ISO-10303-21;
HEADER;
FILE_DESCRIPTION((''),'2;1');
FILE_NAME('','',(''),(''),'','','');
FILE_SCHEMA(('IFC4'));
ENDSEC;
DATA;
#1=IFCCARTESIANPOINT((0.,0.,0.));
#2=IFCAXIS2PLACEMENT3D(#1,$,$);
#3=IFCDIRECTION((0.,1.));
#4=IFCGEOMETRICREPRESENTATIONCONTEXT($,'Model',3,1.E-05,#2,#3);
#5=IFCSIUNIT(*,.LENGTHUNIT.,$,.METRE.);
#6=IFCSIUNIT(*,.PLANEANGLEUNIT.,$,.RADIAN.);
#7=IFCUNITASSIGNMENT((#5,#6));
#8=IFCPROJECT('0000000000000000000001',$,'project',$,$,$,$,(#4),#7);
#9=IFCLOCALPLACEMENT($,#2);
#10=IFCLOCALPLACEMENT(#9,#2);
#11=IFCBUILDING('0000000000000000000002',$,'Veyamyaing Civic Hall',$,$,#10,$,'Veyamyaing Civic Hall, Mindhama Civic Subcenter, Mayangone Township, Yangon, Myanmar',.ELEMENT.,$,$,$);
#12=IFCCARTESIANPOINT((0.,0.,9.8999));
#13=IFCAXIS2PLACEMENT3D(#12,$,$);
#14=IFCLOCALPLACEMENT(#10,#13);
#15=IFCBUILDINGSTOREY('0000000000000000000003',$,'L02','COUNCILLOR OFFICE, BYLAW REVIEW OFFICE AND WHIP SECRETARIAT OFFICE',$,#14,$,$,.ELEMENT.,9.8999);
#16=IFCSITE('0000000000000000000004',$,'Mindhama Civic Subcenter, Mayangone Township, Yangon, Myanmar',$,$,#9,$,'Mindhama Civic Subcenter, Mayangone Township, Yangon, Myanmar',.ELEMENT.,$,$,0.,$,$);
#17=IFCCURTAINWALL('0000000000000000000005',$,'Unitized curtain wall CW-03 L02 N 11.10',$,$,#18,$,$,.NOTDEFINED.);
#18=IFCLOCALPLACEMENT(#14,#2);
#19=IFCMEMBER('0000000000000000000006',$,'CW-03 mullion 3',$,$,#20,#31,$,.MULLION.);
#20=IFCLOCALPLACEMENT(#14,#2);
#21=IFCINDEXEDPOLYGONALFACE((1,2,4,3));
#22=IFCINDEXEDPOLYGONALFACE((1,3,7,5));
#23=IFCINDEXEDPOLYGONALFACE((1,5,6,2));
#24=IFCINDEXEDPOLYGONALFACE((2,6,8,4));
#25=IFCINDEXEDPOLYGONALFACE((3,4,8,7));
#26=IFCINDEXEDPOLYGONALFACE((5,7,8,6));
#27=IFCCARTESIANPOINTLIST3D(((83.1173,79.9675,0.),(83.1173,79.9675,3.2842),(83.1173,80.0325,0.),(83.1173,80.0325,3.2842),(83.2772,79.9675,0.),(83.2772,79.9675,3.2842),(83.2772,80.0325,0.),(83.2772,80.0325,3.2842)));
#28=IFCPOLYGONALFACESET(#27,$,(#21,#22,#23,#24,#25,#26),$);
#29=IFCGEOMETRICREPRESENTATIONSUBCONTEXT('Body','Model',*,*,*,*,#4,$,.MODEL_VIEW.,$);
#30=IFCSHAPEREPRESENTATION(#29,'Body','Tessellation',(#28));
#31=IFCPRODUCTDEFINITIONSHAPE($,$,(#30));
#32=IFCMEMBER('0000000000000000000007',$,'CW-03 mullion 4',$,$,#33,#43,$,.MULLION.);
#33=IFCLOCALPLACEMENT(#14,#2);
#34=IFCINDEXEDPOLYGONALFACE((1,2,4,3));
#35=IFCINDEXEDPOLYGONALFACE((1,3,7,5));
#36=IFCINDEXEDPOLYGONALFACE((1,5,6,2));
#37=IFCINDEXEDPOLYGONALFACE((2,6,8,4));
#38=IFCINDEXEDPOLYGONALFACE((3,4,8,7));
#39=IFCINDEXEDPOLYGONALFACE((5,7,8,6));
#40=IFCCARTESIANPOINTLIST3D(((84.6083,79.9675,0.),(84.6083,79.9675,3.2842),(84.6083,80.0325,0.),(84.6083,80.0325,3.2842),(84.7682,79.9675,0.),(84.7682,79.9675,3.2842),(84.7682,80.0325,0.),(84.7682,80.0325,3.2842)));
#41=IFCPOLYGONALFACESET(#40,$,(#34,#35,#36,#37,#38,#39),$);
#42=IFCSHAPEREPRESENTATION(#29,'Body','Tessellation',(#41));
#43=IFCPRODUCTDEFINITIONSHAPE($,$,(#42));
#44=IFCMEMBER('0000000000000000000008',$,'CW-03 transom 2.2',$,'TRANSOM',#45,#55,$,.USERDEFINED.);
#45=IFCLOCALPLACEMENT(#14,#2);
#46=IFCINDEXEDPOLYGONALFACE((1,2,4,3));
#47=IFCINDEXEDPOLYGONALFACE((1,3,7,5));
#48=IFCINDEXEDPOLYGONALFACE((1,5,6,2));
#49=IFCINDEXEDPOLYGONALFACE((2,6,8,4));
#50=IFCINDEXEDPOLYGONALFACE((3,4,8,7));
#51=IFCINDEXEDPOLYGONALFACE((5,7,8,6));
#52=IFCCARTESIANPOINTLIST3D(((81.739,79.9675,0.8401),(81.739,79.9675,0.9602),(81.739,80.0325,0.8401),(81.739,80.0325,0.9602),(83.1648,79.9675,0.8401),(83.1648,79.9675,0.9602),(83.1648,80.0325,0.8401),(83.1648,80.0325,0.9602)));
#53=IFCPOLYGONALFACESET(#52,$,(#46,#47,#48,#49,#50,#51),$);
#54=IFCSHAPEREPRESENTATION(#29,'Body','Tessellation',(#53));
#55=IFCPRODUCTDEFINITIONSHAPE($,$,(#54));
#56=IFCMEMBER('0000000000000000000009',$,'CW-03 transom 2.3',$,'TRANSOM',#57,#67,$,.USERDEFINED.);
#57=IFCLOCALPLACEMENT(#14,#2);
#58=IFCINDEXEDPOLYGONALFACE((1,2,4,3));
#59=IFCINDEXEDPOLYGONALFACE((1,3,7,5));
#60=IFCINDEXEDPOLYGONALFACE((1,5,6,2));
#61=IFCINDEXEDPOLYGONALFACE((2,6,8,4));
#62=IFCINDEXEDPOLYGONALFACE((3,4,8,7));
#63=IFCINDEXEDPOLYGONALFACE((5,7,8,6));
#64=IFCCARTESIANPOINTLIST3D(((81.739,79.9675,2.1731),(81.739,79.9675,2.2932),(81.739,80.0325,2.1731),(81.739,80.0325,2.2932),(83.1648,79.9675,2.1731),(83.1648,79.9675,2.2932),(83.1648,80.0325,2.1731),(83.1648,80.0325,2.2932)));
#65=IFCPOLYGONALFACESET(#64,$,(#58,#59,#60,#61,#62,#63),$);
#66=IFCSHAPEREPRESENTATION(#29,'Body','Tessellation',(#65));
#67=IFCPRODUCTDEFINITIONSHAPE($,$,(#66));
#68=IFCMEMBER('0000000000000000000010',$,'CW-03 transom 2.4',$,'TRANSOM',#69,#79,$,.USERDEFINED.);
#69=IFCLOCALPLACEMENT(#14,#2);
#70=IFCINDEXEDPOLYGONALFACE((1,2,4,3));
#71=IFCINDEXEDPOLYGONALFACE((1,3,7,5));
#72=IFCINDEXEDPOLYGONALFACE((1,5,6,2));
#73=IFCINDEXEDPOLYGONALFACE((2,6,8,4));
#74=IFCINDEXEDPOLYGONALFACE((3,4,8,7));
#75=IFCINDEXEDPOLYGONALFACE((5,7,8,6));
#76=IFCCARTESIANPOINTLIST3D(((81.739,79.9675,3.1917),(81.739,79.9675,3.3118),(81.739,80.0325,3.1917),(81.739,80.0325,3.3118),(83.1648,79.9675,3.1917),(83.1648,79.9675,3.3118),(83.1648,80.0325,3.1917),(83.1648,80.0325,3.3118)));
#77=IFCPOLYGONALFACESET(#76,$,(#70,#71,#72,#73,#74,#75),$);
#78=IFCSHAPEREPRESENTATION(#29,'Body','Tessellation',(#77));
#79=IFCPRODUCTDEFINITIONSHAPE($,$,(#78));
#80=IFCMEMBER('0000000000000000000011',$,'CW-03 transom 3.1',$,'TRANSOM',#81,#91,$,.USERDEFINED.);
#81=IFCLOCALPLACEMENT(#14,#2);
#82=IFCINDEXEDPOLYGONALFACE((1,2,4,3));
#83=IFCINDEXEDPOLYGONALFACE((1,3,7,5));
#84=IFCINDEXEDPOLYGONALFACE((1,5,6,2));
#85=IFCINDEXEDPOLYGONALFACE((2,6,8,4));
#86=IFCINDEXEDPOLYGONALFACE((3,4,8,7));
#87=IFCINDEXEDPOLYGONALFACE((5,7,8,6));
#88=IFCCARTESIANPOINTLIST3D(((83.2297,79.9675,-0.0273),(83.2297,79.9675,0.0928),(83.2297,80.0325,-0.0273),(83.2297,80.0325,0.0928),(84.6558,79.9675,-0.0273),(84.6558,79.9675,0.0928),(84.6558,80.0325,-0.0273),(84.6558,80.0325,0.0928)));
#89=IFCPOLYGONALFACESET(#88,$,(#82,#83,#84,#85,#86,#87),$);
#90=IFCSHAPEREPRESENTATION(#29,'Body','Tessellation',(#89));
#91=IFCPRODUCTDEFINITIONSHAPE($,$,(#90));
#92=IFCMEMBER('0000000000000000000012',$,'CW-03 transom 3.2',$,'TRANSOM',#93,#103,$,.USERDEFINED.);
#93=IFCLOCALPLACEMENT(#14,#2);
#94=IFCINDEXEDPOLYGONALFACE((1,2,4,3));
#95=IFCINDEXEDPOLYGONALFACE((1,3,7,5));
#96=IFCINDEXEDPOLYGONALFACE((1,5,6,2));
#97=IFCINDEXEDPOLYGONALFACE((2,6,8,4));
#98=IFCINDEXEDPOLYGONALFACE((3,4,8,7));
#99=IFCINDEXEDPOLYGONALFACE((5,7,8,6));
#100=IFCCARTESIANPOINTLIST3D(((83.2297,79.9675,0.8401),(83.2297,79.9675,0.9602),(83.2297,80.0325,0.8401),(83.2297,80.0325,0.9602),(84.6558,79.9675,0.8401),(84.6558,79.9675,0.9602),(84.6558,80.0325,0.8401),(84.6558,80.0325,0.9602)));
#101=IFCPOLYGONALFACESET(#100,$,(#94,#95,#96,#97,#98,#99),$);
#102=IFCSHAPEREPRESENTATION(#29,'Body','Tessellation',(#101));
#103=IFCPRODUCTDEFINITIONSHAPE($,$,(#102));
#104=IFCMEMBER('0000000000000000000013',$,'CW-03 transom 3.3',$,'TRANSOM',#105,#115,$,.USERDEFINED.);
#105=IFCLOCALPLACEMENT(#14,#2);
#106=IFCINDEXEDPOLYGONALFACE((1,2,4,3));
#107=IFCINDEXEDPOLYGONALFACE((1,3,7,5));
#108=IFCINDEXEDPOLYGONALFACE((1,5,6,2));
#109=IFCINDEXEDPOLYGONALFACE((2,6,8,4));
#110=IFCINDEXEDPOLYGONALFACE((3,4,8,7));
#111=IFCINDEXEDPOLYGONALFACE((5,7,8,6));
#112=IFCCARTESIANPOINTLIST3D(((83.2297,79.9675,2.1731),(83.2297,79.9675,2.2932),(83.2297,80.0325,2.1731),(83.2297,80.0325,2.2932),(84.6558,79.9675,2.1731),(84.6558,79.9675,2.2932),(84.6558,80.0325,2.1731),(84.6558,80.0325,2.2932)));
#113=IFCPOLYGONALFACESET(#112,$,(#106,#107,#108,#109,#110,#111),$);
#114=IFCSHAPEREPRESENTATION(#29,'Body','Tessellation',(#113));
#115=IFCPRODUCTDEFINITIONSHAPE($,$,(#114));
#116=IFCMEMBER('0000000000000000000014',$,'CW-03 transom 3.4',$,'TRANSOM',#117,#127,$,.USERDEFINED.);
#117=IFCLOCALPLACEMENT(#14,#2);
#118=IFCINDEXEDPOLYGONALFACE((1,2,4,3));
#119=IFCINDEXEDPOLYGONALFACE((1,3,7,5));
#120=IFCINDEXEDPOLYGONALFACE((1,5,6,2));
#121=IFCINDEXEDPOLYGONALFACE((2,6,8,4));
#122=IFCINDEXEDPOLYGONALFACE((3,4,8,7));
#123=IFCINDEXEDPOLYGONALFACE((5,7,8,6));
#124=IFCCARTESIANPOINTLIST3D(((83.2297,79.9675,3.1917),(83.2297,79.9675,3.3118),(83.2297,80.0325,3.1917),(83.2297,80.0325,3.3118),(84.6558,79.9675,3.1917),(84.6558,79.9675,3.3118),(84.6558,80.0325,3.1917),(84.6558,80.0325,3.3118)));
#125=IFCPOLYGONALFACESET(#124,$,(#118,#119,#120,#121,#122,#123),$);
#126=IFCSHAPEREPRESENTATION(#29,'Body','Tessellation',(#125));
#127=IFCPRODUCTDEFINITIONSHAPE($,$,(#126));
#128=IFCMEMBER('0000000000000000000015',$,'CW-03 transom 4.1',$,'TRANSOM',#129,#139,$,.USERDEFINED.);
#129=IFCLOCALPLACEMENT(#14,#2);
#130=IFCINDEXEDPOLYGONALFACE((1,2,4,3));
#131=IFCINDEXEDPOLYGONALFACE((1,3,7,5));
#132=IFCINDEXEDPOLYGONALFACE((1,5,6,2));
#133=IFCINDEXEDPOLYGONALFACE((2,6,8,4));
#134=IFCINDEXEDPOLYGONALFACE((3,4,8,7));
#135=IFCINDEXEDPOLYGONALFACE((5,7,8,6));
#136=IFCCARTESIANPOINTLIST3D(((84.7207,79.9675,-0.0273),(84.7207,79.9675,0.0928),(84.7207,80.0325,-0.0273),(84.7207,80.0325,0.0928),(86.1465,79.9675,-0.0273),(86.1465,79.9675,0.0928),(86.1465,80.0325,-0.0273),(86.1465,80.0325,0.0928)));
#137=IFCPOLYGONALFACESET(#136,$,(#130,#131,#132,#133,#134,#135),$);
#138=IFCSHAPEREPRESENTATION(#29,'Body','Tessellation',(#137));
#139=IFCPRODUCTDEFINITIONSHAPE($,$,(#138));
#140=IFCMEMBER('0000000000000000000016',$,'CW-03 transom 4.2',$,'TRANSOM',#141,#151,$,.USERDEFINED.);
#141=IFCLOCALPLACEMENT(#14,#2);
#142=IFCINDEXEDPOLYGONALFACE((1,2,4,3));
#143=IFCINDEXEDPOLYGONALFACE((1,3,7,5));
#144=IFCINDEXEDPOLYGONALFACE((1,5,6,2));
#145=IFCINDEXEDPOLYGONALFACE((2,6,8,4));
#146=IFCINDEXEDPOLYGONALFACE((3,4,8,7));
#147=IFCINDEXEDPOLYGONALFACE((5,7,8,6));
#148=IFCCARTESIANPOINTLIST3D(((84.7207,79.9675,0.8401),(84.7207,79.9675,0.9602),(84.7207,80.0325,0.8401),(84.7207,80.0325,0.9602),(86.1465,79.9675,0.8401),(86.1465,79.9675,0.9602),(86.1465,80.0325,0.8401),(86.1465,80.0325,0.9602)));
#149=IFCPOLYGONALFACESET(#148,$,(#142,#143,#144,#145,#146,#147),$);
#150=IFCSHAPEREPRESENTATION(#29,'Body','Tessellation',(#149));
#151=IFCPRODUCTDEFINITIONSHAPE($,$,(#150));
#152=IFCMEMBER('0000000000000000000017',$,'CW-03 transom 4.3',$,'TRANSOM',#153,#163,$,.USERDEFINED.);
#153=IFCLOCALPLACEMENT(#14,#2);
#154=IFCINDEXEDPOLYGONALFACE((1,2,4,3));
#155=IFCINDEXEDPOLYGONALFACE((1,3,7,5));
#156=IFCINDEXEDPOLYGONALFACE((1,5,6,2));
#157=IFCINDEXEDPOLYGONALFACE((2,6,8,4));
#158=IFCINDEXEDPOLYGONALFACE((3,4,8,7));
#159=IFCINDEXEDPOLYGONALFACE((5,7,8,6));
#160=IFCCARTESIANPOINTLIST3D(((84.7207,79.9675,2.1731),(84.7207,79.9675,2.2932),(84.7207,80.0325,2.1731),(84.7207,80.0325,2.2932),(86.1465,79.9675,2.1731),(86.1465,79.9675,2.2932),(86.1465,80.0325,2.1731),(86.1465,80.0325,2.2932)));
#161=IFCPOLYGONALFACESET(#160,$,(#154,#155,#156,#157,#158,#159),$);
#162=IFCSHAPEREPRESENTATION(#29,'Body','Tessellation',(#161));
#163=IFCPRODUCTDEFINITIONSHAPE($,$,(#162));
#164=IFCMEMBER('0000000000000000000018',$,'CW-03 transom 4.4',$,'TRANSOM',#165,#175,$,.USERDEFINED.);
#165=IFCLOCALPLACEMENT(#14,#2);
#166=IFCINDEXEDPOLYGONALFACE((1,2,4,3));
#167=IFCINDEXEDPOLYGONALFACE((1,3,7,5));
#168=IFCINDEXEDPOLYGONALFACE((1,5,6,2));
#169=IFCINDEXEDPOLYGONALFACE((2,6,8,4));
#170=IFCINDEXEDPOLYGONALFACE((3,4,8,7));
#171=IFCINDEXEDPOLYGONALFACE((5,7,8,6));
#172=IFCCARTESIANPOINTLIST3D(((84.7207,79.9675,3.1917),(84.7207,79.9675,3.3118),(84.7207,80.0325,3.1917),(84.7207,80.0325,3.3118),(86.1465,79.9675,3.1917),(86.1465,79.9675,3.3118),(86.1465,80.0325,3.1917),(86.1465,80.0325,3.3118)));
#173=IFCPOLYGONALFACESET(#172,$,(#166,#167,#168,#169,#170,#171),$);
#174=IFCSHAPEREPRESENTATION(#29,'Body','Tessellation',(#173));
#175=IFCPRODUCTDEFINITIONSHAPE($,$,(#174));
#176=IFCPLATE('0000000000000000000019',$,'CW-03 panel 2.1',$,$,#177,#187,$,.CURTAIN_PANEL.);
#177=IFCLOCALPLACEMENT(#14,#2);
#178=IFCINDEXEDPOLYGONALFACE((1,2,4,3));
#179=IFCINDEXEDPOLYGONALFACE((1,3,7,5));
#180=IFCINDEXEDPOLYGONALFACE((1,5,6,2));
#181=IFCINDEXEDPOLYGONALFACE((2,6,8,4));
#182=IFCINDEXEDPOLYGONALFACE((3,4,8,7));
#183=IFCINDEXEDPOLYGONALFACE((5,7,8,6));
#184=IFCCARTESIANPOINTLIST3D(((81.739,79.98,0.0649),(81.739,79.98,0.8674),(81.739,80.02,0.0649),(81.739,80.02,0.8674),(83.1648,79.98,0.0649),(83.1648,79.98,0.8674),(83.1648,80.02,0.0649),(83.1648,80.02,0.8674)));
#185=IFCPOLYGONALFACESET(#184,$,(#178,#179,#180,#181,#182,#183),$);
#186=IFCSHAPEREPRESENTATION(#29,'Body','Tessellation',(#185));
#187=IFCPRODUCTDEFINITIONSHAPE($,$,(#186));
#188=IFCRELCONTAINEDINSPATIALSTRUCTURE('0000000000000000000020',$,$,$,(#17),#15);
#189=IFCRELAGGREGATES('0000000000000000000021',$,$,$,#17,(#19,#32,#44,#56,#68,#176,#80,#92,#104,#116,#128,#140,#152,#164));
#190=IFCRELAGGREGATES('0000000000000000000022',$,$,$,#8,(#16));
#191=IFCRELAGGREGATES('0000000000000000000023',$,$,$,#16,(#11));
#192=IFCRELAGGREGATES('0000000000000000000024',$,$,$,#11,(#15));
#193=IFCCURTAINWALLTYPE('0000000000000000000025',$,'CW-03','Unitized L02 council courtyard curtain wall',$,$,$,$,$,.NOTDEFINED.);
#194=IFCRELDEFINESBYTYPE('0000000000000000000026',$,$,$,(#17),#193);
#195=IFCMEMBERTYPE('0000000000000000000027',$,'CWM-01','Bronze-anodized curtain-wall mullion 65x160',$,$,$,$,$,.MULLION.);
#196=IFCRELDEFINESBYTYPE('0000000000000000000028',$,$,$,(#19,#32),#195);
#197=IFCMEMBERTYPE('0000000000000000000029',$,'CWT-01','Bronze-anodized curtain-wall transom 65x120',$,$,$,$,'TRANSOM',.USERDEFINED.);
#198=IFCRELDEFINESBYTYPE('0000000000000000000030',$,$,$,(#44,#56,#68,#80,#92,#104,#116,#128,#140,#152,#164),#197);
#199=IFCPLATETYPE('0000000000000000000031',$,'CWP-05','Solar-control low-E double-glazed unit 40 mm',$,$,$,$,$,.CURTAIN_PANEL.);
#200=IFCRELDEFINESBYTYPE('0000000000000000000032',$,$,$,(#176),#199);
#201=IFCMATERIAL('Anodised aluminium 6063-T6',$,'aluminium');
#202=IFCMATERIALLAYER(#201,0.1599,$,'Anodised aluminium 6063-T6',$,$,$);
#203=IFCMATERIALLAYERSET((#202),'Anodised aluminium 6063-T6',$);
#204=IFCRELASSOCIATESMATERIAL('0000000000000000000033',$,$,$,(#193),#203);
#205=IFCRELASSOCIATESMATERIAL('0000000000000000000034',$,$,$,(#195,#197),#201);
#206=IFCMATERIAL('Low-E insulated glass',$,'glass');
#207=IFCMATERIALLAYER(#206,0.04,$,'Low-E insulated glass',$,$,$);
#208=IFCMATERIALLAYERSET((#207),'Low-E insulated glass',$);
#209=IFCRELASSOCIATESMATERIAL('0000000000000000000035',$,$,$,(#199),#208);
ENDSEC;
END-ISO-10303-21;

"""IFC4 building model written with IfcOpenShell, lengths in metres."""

from ifc_helpers import new_model, si_unit, direction, frame, origin, origin_2d, place, context, subcontext, project, spatial, rectangle, extrude, material, layer, layer_set, material_profile, profile_set, type_object, element, aggregate, save


model = new_model("IFC4")

# Units and contexts
model_context = context("Model", 3, precision=1e-05, world=origin(), true_north=direction((0.0, 1.0)))
body_context = subcontext(model_context, "Body", "Model", "MODEL_VIEW")
ifc_project = project(units=[si_unit("LENGTHUNIT", "METRE"), si_unit("PLANEANGLEUNIT", "RADIAN")], contexts=[model_context])

# Site, building, storey
site_placement = place(None, origin())
site = spatial("IfcSite", under=ifc_project, at=site_placement, Name="Mindhama Civic Subcenter, Mayangone Township, Yangon, Myanmar", LongName="Mindhama Civic Subcenter, Mayangone Township, Yangon, Myanmar", CompositionType="ELEMENT", RefElevation=0.0)
building_placement = place(site_placement, origin())
building = spatial("IfcBuilding", under=site, at=building_placement, Name="Veyamyaing Civic Hall", LongName="Veyamyaing Civic Hall, Mindhama Civic Subcenter, Mayangone Township, Yangon, Myanmar", CompositionType="ELEMENT")
storey_placement = place(building_placement, frame((0.0, 0.0, 9.8999)))
storey = spatial("IfcBuildingStorey", under=building, at=storey_placement, Name="L02", Description="COUNCILLOR OFFICE, BYLAW REVIEW OFFICE AND WHIP SECRETARIAT OFFICE", CompositionType="ELEMENT", Elevation=9.8999)

# Curtain wall, members, plate
ifc_material_1 = material(Name="Anodised aluminium 6063-T6", Category="aluminium")
ifc_layer_1 = layer(ifc_material_1, 0.1599, Name="Anodised aluminium 6063-T6")
ifc_layer_set_1 = layer_set([ifc_layer_1], Name="Anodised aluminium 6063-T6")
curtain_wall_type = type_object("IfcCurtainWallType", Name="CW-03", Description="Unitized L02 council courtyard curtain wall", PredefinedType="NOTDEFINED", material=ifc_layer_set_1)
curtain_wall_placement = place(storey_placement, origin())
curtain_wall = element("IfcCurtainWall", 1, at=curtain_wall_placement, inside=storey, type_object=curtain_wall_type, Name="Unitized curtain wall CW-03 L02 N 11.10", PredefinedType="NOTDEFINED")
ifc_material_profile_1 = material_profile(ifc_material_1, rectangle(XDim=0.0649, YDim=0.1599, at=origin_2d()), Name="ALU-MUL-65X160")
ifc_profile_set_1 = profile_set([ifc_material_profile_1], Name="Anodised aluminium 6063-T6")
member_type_1 = type_object("IfcMemberType", Name="CWM-01", Description="Bronze-anodized curtain-wall mullion 65x160", PredefinedType="MULLION", material=ifc_profile_set_1)
member_1_placement = place(storey_placement, frame((83.1973, 80.0, 0.0), z_axis=(0.0, 0.0, 1.0), x_axis=(0.0, 1.0, 0.0)))
member_1 = element("IfcMember", 2, at=member_1_placement, type_object=member_type_1, Name="CW-03 mullion 3", PredefinedType="MULLION", context=body_context, shape_type="SweptSolid", body=[
    extrude(rectangle(XDim=0.0649, YDim=0.1599, at=origin_2d()), origin(), (0.0, 0.0, 1.0), 3.2842),
])
member_2_placement = place(storey_placement, frame((84.6882, 80.0, 0.0), z_axis=(0.0, 0.0, 1.0), x_axis=(0.0, 1.0, 0.0)))
member_2 = element("IfcMember", 3, at=member_2_placement, type_object=member_type_1, Name="CW-03 mullion 4", PredefinedType="MULLION", context=body_context, shape_type="SweptSolid", body=[
    extrude(rectangle(XDim=0.0649, YDim=0.1599, at=origin_2d()), origin(), (0.0, 0.0, 1.0), 3.2842),
])
ifc_material_profile_2 = material_profile(ifc_material_1, rectangle(XDim=0.0649, YDim=0.1201, at=origin_2d()), Name="ALU-TRN-65X120")
ifc_profile_set_2 = profile_set([ifc_material_profile_2], Name="Anodised aluminium 6063-T6")
member_type_2 = type_object("IfcMemberType", Name="CWT-01", Description="Bronze-anodized curtain-wall transom 65x120", ElementType="TRANSOM", PredefinedType="USERDEFINED", material=ifc_profile_set_2)
member_3_placement = place(storey_placement, frame((81.739, 80.0, 0.9001), z_axis=(1.0, 0.0, 0.0), x_axis=(0.0, 1.0, 0.0)))
member_3 = element("IfcMember", 4, at=member_3_placement, type_object=member_type_2, Name="CW-03 transom 2.2", ObjectType="TRANSOM", PredefinedType="USERDEFINED", context=body_context, shape_type="SweptSolid", body=[
    extrude(rectangle(XDim=0.0649, YDim=0.1201, at=origin_2d()), origin(), (0.0, 0.0, 1.0), 1.4258),
])
member_4_placement = place(storey_placement, frame((81.739, 80.0, 2.2332), z_axis=(1.0, 0.0, 0.0), x_axis=(0.0, 1.0, 0.0)))
member_4 = element("IfcMember", 5, at=member_4_placement, type_object=member_type_2, Name="CW-03 transom 2.3", ObjectType="TRANSOM", PredefinedType="USERDEFINED", context=body_context, shape_type="SweptSolid", body=[
    extrude(rectangle(XDim=0.0649, YDim=0.1201, at=origin_2d()), origin(), (0.0, 0.0, 1.0), 1.4258),
])
member_5_placement = place(storey_placement, frame((81.739, 80.0, 3.2517), z_axis=(1.0, 0.0, 0.0), x_axis=(0.0, 1.0, 0.0)))
member_5 = element("IfcMember", 6, at=member_5_placement, type_object=member_type_2, Name="CW-03 transom 2.4", ObjectType="TRANSOM", PredefinedType="USERDEFINED", context=body_context, shape_type="SweptSolid", body=[
    extrude(rectangle(XDim=0.0649, YDim=0.1201, at=origin_2d()), origin(), (0.0, 0.0, 1.0), 1.4258),
])
member_6_placement = place(storey_placement, frame((83.2297, 80.0, 0.0327), z_axis=(1.0, 0.0, 0.0), x_axis=(0.0, 1.0, 0.0)))
member_6 = element("IfcMember", 7, at=member_6_placement, type_object=member_type_2, Name="CW-03 transom 3.1", ObjectType="TRANSOM", PredefinedType="USERDEFINED", context=body_context, shape_type="SweptSolid", body=[
    extrude(rectangle(XDim=0.0649, YDim=0.1201, at=origin_2d()), origin(), (0.0, 0.0, 1.0), 1.426),
])
member_7_placement = place(storey_placement, frame((83.2297, 80.0, 0.9001), z_axis=(1.0, 0.0, 0.0), x_axis=(0.0, 1.0, 0.0)))
member_7 = element("IfcMember", 8, at=member_7_placement, type_object=member_type_2, Name="CW-03 transom 3.2", ObjectType="TRANSOM", PredefinedType="USERDEFINED", context=body_context, shape_type="SweptSolid", body=[
    extrude(rectangle(XDim=0.0649, YDim=0.1201, at=origin_2d()), origin(), (0.0, 0.0, 1.0), 1.426),
])
member_8_placement = place(storey_placement, frame((83.2297, 80.0, 2.2332), z_axis=(1.0, 0.0, 0.0), x_axis=(0.0, 1.0, 0.0)))
member_8 = element("IfcMember", 9, at=member_8_placement, type_object=member_type_2, Name="CW-03 transom 3.3", ObjectType="TRANSOM", PredefinedType="USERDEFINED", context=body_context, shape_type="SweptSolid", body=[
    extrude(rectangle(XDim=0.0649, YDim=0.1201, at=origin_2d()), origin(), (0.0, 0.0, 1.0), 1.426),
])
member_9_placement = place(storey_placement, frame((83.2297, 80.0, 3.2517), z_axis=(1.0, 0.0, 0.0), x_axis=(0.0, 1.0, 0.0)))
member_9 = element("IfcMember", 10, at=member_9_placement, type_object=member_type_2, Name="CW-03 transom 3.4", ObjectType="TRANSOM", PredefinedType="USERDEFINED", context=body_context, shape_type="SweptSolid", body=[
    extrude(rectangle(XDim=0.0649, YDim=0.1201, at=origin_2d()), origin(), (0.0, 0.0, 1.0), 1.426),
])
member_10_placement = place(storey_placement, frame((84.7207, 80.0, 0.0327), z_axis=(1.0, 0.0, 0.0), x_axis=(0.0, 1.0, 0.0)))
member_10 = element("IfcMember", 11, at=member_10_placement, type_object=member_type_2, Name="CW-03 transom 4.1", ObjectType="TRANSOM", PredefinedType="USERDEFINED", context=body_context, shape_type="SweptSolid", body=[
    extrude(rectangle(XDim=0.0649, YDim=0.1201, at=origin_2d()), origin(), (0.0, 0.0, 1.0), 1.4258),
])
member_11_placement = place(storey_placement, frame((84.7207, 80.0, 0.9001), z_axis=(1.0, 0.0, 0.0), x_axis=(0.0, 1.0, 0.0)))
member_11 = element("IfcMember", 12, at=member_11_placement, type_object=member_type_2, Name="CW-03 transom 4.2", ObjectType="TRANSOM", PredefinedType="USERDEFINED", context=body_context, shape_type="SweptSolid", body=[
    extrude(rectangle(XDim=0.0649, YDim=0.1201, at=origin_2d()), origin(), (0.0, 0.0, 1.0), 1.4258),
])
member_12_placement = place(storey_placement, frame((84.7207, 80.0, 2.2332), z_axis=(1.0, 0.0, 0.0), x_axis=(0.0, 1.0, 0.0)))
member_12 = element("IfcMember", 13, at=member_12_placement, type_object=member_type_2, Name="CW-03 transom 4.3", ObjectType="TRANSOM", PredefinedType="USERDEFINED", context=body_context, shape_type="SweptSolid", body=[
    extrude(rectangle(XDim=0.0649, YDim=0.1201, at=origin_2d()), origin(), (0.0, 0.0, 1.0), 1.4258),
])
member_13_placement = place(storey_placement, frame((84.7207, 80.0, 3.2517), z_axis=(1.0, 0.0, 0.0), x_axis=(0.0, 1.0, 0.0)))
member_13 = element("IfcMember", 14, at=member_13_placement, type_object=member_type_2, Name="CW-03 transom 4.4", ObjectType="TRANSOM", PredefinedType="USERDEFINED", context=body_context, shape_type="SweptSolid", body=[
    extrude(rectangle(XDim=0.0649, YDim=0.1201, at=origin_2d()), origin(), (0.0, 0.0, 1.0), 1.4258),
])
ifc_material_2 = material(Name="Low-E insulated glass", Category="glass")
ifc_layer_2 = layer(ifc_material_2, 0.04, Name="Low-E insulated glass")
ifc_layer_set_2 = layer_set([ifc_layer_2], Name="Low-E insulated glass")
plate_type = type_object("IfcPlateType", Name="CWP-05", Description="Solar-control low-E double-glazed unit 40 mm", PredefinedType="CURTAIN_PANEL", material=ifc_layer_set_2)
plate_1_placement = place(storey_placement, frame((82.4519, 80.0, 0.0649), z_axis=(0.0, 0.0, 1.0), x_axis=(1.0, 0.0, 0.0)))
plate_1 = element("IfcPlate", 15, at=plate_1_placement, type_object=plate_type, Name="CW-03 panel 2.1", PredefinedType="CURTAIN_PANEL", context=body_context, shape_type="SweptSolid", body=[
    extrude(rectangle(XDim=1.4258, YDim=0.04, at=origin_2d()), origin(), (0.0, 0.0, 1.0), 0.8025),
])
aggregate(curtain_wall, [member_1, member_2, member_3, member_4, member_5, plate_1, member_6, member_7, member_8, member_9, member_10, member_11, member_12, member_13])

save(model, "model.ifc")
